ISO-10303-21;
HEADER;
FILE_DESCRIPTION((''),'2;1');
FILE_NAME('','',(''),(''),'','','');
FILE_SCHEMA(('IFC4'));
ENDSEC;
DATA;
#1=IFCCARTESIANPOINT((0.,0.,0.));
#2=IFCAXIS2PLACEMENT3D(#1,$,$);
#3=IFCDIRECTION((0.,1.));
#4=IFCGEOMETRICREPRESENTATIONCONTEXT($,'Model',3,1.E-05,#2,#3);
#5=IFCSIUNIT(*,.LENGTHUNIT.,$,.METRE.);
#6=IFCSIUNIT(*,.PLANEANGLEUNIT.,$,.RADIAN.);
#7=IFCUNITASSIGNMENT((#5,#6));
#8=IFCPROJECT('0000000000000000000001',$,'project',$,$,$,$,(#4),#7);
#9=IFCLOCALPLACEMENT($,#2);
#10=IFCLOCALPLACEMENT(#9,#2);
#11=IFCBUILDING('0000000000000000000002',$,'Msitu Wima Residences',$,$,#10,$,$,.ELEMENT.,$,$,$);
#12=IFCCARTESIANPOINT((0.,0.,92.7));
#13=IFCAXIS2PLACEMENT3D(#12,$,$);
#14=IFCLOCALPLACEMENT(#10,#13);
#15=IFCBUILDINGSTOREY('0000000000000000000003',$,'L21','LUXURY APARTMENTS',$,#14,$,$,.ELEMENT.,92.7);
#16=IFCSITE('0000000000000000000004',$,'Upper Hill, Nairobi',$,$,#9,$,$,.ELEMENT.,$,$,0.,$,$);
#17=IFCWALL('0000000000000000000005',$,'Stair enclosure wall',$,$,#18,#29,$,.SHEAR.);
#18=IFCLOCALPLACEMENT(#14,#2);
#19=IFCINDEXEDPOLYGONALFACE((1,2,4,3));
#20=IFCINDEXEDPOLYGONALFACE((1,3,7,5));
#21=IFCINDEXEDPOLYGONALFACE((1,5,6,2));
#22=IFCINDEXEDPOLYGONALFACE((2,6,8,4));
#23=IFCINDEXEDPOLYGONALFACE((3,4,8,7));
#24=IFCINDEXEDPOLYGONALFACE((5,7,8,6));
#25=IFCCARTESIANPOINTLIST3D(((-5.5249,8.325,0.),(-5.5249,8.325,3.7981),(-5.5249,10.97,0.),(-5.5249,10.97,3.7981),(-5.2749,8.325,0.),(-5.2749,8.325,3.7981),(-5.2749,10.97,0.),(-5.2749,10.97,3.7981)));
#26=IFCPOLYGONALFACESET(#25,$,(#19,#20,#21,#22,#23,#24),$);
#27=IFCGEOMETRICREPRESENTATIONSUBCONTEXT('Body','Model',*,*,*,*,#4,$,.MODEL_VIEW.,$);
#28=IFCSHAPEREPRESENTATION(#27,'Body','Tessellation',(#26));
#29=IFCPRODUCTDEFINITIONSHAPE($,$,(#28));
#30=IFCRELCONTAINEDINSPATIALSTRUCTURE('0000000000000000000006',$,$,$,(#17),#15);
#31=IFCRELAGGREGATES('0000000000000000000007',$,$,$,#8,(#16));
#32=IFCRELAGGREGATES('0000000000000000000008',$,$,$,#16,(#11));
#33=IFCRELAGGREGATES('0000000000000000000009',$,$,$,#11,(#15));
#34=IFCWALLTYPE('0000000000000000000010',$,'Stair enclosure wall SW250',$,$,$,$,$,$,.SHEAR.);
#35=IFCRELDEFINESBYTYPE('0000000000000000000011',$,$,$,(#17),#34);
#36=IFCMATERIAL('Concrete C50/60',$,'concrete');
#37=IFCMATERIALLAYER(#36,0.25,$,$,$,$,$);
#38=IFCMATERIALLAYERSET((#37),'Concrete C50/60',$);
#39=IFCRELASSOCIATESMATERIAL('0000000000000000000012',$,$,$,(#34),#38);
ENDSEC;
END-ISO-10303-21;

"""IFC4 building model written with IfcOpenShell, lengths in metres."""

from ifc_helpers import new_model, si_unit, direction, frame, frame_2d, origin, place, context, subcontext, project, spatial, rectangle, extrude, material, layer, layer_set, type_object, element, save


model = new_model("IFC4")

# Units and contexts
model_context = context("Model", 3, precision=1e-05, world=origin(), true_north=direction((0.0, 1.0)))
body_context = subcontext(model_context, "Body", "Model", "MODEL_VIEW")
ifc_project = project(units=[si_unit("LENGTHUNIT", "METRE"), si_unit("PLANEANGLEUNIT", "RADIAN")], contexts=[model_context])

# Site, building, storey
site_placement = place(None, origin())
site = spatial("IfcSite", under=ifc_project, at=site_placement, Name="Upper Hill, Nairobi", CompositionType="ELEMENT", RefElevation=0.0)
building_placement = place(site_placement, origin())
building = spatial("IfcBuilding", under=site, at=building_placement, Name="Msitu Wima Residences", CompositionType="ELEMENT")
storey_placement = place(building_placement, frame((0.0, 0.0, 92.7)))
storey = spatial("IfcBuildingStorey", under=building, at=storey_placement, Name="L21", Description="LUXURY APARTMENTS", CompositionType="ELEMENT", Elevation=92.7)

# Wall
ifc_material_1 = material(Name="Concrete C50/60", Category="concrete")
ifc_layer_1 = layer(ifc_material_1, 0.25)
ifc_layer_set_1 = layer_set([ifc_layer_1], Name="Concrete C50/60")
wall_type_1 = type_object("IfcWallType", Name="Stair enclosure wall SW250", PredefinedType="SHEAR", material=ifc_layer_set_1)
wall_1_placement = place(storey_placement, frame((-5.3999, 8.325, 0.0), z_axis=(0.0, 0.0, 1.0), x_axis=(0.0, 1.0, 0.0)))
element("IfcWall", 1, at=wall_1_placement, inside=storey, type_object=wall_type_1, Name="Stair enclosure wall", PredefinedType="SHEAR", context=body_context, shape_type="SweptSolid", body=[
    extrude(rectangle(XDim=2.645, YDim=0.25, at=frame_2d((1.3225, 0.0))), origin(), (0.0, 0.0, 1.0), 3.7981),
])

save(model, "model.ifc")
